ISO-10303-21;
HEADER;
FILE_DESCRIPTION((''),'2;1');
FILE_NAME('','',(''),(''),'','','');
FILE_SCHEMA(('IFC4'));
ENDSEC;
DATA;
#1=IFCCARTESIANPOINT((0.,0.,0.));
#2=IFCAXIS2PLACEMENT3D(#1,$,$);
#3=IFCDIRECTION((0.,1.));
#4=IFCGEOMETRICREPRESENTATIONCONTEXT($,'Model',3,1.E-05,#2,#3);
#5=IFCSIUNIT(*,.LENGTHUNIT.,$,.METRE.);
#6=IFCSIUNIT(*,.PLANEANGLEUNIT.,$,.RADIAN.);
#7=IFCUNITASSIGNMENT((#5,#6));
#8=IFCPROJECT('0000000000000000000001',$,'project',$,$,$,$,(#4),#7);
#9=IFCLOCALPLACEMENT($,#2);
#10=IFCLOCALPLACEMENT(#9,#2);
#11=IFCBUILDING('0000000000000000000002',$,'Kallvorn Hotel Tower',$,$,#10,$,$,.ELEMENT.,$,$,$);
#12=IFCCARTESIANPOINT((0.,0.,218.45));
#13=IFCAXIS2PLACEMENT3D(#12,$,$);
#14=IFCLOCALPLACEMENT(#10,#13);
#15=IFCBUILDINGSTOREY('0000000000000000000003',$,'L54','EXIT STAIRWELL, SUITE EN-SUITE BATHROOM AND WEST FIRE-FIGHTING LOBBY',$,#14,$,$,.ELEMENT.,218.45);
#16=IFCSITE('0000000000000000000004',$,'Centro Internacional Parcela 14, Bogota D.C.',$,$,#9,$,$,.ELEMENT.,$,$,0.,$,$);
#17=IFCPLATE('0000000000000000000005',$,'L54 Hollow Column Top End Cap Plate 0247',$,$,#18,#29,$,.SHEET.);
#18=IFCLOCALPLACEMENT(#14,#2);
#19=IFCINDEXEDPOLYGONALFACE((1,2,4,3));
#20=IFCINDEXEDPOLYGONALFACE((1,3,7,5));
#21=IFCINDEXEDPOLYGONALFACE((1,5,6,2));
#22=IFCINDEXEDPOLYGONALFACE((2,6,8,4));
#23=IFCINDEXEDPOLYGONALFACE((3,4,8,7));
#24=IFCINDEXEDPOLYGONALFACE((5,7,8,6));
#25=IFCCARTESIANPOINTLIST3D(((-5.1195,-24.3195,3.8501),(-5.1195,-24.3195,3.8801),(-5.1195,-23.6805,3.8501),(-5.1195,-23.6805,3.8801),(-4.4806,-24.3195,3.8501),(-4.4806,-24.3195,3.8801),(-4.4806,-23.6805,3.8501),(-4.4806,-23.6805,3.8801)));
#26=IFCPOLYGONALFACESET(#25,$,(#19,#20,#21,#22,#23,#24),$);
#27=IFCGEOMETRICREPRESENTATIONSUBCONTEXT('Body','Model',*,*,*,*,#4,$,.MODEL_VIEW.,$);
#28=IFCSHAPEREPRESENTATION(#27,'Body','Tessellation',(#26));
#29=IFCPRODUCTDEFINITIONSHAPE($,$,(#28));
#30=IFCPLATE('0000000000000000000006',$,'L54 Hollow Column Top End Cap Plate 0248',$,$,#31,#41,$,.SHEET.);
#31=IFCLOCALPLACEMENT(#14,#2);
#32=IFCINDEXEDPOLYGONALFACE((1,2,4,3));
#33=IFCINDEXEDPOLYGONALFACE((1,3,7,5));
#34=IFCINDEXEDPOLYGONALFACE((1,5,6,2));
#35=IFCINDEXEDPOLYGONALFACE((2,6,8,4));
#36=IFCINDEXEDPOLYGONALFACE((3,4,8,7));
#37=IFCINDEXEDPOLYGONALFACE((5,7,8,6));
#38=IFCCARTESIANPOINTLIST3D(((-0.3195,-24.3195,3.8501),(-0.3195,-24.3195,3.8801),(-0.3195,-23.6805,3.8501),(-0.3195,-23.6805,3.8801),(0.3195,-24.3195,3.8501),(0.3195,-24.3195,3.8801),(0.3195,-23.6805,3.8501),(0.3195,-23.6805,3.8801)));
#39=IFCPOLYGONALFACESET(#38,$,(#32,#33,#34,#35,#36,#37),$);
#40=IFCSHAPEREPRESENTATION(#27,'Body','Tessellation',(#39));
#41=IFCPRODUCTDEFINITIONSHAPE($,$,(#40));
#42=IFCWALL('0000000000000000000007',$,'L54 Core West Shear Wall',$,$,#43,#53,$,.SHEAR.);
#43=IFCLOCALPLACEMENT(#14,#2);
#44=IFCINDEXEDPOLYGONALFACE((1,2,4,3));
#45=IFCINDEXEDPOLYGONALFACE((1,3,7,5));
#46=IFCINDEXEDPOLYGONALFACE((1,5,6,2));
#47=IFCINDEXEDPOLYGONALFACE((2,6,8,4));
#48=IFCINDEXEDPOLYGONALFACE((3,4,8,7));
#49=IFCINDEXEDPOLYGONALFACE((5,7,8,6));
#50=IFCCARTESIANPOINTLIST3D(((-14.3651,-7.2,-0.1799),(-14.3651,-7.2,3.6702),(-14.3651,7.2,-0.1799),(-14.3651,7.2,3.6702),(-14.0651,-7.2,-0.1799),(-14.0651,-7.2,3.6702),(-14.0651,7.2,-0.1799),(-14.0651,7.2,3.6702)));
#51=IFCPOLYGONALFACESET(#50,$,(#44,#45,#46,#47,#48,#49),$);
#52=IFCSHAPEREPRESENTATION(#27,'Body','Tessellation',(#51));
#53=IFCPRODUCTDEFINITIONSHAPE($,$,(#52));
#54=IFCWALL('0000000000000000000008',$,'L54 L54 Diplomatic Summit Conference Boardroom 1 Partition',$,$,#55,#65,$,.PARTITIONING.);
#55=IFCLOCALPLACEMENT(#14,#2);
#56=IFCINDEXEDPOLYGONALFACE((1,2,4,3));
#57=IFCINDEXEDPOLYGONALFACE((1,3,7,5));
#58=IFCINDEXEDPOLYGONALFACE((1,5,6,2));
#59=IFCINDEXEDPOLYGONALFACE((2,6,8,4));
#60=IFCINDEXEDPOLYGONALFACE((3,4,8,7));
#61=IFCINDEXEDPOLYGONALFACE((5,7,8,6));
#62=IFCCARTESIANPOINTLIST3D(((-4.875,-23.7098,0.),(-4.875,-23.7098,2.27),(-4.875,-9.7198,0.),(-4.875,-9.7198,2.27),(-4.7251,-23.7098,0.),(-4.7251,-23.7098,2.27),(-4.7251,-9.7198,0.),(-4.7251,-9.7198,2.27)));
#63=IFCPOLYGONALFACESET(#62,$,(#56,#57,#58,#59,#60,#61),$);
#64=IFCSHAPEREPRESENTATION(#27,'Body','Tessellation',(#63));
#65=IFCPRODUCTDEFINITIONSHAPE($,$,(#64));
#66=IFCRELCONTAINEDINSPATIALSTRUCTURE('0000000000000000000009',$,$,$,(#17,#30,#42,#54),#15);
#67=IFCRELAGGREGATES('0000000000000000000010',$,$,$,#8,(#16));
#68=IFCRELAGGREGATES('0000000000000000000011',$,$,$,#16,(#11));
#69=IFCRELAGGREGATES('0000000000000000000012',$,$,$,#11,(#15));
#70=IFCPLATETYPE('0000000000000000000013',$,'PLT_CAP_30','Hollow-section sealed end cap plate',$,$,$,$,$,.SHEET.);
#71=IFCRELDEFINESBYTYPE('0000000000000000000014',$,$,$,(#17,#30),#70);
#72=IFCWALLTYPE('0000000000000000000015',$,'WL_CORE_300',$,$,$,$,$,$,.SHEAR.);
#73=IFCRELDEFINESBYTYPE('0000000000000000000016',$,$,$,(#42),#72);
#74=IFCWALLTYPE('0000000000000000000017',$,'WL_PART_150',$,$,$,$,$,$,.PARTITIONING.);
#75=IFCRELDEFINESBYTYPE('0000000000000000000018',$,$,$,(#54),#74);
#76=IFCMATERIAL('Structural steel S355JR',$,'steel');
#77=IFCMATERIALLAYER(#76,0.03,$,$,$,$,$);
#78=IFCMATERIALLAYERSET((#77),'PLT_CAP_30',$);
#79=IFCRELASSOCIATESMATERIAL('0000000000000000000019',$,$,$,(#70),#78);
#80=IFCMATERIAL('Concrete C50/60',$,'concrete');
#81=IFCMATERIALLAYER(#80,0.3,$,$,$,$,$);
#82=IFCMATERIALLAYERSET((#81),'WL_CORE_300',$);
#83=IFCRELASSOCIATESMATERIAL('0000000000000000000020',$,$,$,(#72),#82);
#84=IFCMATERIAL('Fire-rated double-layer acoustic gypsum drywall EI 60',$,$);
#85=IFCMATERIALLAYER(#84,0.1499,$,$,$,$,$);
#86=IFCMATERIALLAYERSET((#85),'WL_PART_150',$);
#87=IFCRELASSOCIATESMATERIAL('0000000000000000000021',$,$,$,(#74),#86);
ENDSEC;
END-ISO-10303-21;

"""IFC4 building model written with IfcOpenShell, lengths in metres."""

from ifc_helpers import new_model, si_unit, direction, frame, frame_2d, origin, origin_2d, place, context, subcontext, project, spatial, rectangle, extrude, material, layer, layer_set, type_object, element, save


model = new_model("IFC4")

# Units and contexts
model_context = context("Model", 3, precision=1e-05, world=origin(), true_north=direction((0.0, 1.0)))
body_context = subcontext(model_context, "Body", "Model", "MODEL_VIEW")
ifc_project = project(units=[si_unit("LENGTHUNIT", "METRE"), si_unit("PLANEANGLEUNIT", "RADIAN")], contexts=[model_context])

# Site, building, storey
site_placement = place(None, origin())
site = spatial("IfcSite", under=ifc_project, at=site_placement, Name="Centro Internacional Parcela 14, Bogota D.C.", CompositionType="ELEMENT", RefElevation=0.0)
building_placement = place(site_placement, origin())
building = spatial("IfcBuilding", under=site, at=building_placement, Name="Kallvorn Hotel Tower", CompositionType="ELEMENT")
storey_placement = place(building_placement, frame((0.0, 0.0, 218.45)))
storey = spatial("IfcBuildingStorey", under=building, at=storey_placement, Name="L54", Description="EXIT STAIRWELL, SUITE EN-SUITE BATHROOM AND WEST FIRE-FIGHTING LOBBY", CompositionType="ELEMENT", Elevation=218.45)

# Plates
ifc_material_1 = material(Name="Structural steel S355JR", Category="steel")
ifc_layer_1 = layer(ifc_material_1, 0.03)
ifc_layer_set_1 = layer_set([ifc_layer_1], Name="PLT_CAP_30")
plate_type_1 = type_object("IfcPlateType", Name="PLT_CAP_30", Description="Hollow-section sealed end cap plate", PredefinedType="SHEET", material=ifc_layer_set_1)
for number, where, z_axis, x_axis, name in (
    (1, (-4.8, -24.0, 3.8501), (0.0, 0.0, 1.0), (1.0, 0.0, 0.0), "L54 Hollow Column Top End Cap Plate 0247"),
    (2, (0.0, -24.0, 3.8501), (0.0, 0.0, 1.0), (1.0, 0.0, 0.0), "L54 Hollow Column Top End Cap Plate 0248"),
):
    element("IfcPlate", number, at=place(storey_placement, frame(where, z_axis=z_axis, x_axis=x_axis)), inside=storey, type_object=plate_type_1, Name=name, PredefinedType="SHEET", context=body_context, shape_type="SweptSolid", body=[
        extrude(rectangle(XDim=0.6389, YDim=0.6389, at=origin_2d()), origin(), (0.0, 0.0, 1.0), 0.03),
    ])

# Walls
ifc_material_2 = material(Name="Concrete C50/60", Category="concrete")
ifc_layer_2 = layer(ifc_material_2, 0.3)
ifc_layer_set_2 = layer_set([ifc_layer_2], Name="WL_CORE_300")
wall_type_1 = type_object("IfcWallType", Name="WL_CORE_300", PredefinedType="SHEAR", material=ifc_layer_set_2)
wall_1_placement = place(storey_placement, frame((-14.2151, -7.2, -0.1799), z_axis=(0.0, 0.0, 1.0), x_axis=(0.0, 1.0, 0.0)))
element("IfcWall", 3, at=wall_1_placement, inside=storey, type_object=wall_type_1, Name="L54 Core West Shear Wall", PredefinedType="SHEAR", context=body_context, shape_type="SweptSolid", body=[
    extrude(rectangle(XDim=14.3999, YDim=0.3, at=frame_2d((7.2, 0.0))), origin(), (0.0, 0.0, 1.0), 3.8501),
])
ifc_material_3 = material(Name="Fire-rated double-layer acoustic gypsum drywall EI 60")
ifc_layer_3 = layer(ifc_material_3, 0.1499)
ifc_layer_set_3 = layer_set([ifc_layer_3], Name="WL_PART_150")
wall_type_2 = type_object("IfcWallType", Name="WL_PART_150", PredefinedType="PARTITIONING", material=ifc_layer_set_3)
wall_2_placement = place(storey_placement, frame((-4.8, -23.71, 0.0), z_axis=(0.0, 0.0, 1.0), x_axis=(0.0, 1.0, 0.0)))
element("IfcWall", 4, at=wall_2_placement, inside=storey, type_object=wall_type_2, Name="L54 L54 Diplomatic Summit Conference Boardroom 1 Partition", PredefinedType="PARTITIONING", context=body_context, shape_type="SweptSolid", body=[
    extrude(rectangle(XDim=13.99, YDim=0.1499, at=frame_2d((6.9951, 0.0))), origin(), (0.0, 0.0, 1.0), 2.27),
])

save(model, "model.ifc")
